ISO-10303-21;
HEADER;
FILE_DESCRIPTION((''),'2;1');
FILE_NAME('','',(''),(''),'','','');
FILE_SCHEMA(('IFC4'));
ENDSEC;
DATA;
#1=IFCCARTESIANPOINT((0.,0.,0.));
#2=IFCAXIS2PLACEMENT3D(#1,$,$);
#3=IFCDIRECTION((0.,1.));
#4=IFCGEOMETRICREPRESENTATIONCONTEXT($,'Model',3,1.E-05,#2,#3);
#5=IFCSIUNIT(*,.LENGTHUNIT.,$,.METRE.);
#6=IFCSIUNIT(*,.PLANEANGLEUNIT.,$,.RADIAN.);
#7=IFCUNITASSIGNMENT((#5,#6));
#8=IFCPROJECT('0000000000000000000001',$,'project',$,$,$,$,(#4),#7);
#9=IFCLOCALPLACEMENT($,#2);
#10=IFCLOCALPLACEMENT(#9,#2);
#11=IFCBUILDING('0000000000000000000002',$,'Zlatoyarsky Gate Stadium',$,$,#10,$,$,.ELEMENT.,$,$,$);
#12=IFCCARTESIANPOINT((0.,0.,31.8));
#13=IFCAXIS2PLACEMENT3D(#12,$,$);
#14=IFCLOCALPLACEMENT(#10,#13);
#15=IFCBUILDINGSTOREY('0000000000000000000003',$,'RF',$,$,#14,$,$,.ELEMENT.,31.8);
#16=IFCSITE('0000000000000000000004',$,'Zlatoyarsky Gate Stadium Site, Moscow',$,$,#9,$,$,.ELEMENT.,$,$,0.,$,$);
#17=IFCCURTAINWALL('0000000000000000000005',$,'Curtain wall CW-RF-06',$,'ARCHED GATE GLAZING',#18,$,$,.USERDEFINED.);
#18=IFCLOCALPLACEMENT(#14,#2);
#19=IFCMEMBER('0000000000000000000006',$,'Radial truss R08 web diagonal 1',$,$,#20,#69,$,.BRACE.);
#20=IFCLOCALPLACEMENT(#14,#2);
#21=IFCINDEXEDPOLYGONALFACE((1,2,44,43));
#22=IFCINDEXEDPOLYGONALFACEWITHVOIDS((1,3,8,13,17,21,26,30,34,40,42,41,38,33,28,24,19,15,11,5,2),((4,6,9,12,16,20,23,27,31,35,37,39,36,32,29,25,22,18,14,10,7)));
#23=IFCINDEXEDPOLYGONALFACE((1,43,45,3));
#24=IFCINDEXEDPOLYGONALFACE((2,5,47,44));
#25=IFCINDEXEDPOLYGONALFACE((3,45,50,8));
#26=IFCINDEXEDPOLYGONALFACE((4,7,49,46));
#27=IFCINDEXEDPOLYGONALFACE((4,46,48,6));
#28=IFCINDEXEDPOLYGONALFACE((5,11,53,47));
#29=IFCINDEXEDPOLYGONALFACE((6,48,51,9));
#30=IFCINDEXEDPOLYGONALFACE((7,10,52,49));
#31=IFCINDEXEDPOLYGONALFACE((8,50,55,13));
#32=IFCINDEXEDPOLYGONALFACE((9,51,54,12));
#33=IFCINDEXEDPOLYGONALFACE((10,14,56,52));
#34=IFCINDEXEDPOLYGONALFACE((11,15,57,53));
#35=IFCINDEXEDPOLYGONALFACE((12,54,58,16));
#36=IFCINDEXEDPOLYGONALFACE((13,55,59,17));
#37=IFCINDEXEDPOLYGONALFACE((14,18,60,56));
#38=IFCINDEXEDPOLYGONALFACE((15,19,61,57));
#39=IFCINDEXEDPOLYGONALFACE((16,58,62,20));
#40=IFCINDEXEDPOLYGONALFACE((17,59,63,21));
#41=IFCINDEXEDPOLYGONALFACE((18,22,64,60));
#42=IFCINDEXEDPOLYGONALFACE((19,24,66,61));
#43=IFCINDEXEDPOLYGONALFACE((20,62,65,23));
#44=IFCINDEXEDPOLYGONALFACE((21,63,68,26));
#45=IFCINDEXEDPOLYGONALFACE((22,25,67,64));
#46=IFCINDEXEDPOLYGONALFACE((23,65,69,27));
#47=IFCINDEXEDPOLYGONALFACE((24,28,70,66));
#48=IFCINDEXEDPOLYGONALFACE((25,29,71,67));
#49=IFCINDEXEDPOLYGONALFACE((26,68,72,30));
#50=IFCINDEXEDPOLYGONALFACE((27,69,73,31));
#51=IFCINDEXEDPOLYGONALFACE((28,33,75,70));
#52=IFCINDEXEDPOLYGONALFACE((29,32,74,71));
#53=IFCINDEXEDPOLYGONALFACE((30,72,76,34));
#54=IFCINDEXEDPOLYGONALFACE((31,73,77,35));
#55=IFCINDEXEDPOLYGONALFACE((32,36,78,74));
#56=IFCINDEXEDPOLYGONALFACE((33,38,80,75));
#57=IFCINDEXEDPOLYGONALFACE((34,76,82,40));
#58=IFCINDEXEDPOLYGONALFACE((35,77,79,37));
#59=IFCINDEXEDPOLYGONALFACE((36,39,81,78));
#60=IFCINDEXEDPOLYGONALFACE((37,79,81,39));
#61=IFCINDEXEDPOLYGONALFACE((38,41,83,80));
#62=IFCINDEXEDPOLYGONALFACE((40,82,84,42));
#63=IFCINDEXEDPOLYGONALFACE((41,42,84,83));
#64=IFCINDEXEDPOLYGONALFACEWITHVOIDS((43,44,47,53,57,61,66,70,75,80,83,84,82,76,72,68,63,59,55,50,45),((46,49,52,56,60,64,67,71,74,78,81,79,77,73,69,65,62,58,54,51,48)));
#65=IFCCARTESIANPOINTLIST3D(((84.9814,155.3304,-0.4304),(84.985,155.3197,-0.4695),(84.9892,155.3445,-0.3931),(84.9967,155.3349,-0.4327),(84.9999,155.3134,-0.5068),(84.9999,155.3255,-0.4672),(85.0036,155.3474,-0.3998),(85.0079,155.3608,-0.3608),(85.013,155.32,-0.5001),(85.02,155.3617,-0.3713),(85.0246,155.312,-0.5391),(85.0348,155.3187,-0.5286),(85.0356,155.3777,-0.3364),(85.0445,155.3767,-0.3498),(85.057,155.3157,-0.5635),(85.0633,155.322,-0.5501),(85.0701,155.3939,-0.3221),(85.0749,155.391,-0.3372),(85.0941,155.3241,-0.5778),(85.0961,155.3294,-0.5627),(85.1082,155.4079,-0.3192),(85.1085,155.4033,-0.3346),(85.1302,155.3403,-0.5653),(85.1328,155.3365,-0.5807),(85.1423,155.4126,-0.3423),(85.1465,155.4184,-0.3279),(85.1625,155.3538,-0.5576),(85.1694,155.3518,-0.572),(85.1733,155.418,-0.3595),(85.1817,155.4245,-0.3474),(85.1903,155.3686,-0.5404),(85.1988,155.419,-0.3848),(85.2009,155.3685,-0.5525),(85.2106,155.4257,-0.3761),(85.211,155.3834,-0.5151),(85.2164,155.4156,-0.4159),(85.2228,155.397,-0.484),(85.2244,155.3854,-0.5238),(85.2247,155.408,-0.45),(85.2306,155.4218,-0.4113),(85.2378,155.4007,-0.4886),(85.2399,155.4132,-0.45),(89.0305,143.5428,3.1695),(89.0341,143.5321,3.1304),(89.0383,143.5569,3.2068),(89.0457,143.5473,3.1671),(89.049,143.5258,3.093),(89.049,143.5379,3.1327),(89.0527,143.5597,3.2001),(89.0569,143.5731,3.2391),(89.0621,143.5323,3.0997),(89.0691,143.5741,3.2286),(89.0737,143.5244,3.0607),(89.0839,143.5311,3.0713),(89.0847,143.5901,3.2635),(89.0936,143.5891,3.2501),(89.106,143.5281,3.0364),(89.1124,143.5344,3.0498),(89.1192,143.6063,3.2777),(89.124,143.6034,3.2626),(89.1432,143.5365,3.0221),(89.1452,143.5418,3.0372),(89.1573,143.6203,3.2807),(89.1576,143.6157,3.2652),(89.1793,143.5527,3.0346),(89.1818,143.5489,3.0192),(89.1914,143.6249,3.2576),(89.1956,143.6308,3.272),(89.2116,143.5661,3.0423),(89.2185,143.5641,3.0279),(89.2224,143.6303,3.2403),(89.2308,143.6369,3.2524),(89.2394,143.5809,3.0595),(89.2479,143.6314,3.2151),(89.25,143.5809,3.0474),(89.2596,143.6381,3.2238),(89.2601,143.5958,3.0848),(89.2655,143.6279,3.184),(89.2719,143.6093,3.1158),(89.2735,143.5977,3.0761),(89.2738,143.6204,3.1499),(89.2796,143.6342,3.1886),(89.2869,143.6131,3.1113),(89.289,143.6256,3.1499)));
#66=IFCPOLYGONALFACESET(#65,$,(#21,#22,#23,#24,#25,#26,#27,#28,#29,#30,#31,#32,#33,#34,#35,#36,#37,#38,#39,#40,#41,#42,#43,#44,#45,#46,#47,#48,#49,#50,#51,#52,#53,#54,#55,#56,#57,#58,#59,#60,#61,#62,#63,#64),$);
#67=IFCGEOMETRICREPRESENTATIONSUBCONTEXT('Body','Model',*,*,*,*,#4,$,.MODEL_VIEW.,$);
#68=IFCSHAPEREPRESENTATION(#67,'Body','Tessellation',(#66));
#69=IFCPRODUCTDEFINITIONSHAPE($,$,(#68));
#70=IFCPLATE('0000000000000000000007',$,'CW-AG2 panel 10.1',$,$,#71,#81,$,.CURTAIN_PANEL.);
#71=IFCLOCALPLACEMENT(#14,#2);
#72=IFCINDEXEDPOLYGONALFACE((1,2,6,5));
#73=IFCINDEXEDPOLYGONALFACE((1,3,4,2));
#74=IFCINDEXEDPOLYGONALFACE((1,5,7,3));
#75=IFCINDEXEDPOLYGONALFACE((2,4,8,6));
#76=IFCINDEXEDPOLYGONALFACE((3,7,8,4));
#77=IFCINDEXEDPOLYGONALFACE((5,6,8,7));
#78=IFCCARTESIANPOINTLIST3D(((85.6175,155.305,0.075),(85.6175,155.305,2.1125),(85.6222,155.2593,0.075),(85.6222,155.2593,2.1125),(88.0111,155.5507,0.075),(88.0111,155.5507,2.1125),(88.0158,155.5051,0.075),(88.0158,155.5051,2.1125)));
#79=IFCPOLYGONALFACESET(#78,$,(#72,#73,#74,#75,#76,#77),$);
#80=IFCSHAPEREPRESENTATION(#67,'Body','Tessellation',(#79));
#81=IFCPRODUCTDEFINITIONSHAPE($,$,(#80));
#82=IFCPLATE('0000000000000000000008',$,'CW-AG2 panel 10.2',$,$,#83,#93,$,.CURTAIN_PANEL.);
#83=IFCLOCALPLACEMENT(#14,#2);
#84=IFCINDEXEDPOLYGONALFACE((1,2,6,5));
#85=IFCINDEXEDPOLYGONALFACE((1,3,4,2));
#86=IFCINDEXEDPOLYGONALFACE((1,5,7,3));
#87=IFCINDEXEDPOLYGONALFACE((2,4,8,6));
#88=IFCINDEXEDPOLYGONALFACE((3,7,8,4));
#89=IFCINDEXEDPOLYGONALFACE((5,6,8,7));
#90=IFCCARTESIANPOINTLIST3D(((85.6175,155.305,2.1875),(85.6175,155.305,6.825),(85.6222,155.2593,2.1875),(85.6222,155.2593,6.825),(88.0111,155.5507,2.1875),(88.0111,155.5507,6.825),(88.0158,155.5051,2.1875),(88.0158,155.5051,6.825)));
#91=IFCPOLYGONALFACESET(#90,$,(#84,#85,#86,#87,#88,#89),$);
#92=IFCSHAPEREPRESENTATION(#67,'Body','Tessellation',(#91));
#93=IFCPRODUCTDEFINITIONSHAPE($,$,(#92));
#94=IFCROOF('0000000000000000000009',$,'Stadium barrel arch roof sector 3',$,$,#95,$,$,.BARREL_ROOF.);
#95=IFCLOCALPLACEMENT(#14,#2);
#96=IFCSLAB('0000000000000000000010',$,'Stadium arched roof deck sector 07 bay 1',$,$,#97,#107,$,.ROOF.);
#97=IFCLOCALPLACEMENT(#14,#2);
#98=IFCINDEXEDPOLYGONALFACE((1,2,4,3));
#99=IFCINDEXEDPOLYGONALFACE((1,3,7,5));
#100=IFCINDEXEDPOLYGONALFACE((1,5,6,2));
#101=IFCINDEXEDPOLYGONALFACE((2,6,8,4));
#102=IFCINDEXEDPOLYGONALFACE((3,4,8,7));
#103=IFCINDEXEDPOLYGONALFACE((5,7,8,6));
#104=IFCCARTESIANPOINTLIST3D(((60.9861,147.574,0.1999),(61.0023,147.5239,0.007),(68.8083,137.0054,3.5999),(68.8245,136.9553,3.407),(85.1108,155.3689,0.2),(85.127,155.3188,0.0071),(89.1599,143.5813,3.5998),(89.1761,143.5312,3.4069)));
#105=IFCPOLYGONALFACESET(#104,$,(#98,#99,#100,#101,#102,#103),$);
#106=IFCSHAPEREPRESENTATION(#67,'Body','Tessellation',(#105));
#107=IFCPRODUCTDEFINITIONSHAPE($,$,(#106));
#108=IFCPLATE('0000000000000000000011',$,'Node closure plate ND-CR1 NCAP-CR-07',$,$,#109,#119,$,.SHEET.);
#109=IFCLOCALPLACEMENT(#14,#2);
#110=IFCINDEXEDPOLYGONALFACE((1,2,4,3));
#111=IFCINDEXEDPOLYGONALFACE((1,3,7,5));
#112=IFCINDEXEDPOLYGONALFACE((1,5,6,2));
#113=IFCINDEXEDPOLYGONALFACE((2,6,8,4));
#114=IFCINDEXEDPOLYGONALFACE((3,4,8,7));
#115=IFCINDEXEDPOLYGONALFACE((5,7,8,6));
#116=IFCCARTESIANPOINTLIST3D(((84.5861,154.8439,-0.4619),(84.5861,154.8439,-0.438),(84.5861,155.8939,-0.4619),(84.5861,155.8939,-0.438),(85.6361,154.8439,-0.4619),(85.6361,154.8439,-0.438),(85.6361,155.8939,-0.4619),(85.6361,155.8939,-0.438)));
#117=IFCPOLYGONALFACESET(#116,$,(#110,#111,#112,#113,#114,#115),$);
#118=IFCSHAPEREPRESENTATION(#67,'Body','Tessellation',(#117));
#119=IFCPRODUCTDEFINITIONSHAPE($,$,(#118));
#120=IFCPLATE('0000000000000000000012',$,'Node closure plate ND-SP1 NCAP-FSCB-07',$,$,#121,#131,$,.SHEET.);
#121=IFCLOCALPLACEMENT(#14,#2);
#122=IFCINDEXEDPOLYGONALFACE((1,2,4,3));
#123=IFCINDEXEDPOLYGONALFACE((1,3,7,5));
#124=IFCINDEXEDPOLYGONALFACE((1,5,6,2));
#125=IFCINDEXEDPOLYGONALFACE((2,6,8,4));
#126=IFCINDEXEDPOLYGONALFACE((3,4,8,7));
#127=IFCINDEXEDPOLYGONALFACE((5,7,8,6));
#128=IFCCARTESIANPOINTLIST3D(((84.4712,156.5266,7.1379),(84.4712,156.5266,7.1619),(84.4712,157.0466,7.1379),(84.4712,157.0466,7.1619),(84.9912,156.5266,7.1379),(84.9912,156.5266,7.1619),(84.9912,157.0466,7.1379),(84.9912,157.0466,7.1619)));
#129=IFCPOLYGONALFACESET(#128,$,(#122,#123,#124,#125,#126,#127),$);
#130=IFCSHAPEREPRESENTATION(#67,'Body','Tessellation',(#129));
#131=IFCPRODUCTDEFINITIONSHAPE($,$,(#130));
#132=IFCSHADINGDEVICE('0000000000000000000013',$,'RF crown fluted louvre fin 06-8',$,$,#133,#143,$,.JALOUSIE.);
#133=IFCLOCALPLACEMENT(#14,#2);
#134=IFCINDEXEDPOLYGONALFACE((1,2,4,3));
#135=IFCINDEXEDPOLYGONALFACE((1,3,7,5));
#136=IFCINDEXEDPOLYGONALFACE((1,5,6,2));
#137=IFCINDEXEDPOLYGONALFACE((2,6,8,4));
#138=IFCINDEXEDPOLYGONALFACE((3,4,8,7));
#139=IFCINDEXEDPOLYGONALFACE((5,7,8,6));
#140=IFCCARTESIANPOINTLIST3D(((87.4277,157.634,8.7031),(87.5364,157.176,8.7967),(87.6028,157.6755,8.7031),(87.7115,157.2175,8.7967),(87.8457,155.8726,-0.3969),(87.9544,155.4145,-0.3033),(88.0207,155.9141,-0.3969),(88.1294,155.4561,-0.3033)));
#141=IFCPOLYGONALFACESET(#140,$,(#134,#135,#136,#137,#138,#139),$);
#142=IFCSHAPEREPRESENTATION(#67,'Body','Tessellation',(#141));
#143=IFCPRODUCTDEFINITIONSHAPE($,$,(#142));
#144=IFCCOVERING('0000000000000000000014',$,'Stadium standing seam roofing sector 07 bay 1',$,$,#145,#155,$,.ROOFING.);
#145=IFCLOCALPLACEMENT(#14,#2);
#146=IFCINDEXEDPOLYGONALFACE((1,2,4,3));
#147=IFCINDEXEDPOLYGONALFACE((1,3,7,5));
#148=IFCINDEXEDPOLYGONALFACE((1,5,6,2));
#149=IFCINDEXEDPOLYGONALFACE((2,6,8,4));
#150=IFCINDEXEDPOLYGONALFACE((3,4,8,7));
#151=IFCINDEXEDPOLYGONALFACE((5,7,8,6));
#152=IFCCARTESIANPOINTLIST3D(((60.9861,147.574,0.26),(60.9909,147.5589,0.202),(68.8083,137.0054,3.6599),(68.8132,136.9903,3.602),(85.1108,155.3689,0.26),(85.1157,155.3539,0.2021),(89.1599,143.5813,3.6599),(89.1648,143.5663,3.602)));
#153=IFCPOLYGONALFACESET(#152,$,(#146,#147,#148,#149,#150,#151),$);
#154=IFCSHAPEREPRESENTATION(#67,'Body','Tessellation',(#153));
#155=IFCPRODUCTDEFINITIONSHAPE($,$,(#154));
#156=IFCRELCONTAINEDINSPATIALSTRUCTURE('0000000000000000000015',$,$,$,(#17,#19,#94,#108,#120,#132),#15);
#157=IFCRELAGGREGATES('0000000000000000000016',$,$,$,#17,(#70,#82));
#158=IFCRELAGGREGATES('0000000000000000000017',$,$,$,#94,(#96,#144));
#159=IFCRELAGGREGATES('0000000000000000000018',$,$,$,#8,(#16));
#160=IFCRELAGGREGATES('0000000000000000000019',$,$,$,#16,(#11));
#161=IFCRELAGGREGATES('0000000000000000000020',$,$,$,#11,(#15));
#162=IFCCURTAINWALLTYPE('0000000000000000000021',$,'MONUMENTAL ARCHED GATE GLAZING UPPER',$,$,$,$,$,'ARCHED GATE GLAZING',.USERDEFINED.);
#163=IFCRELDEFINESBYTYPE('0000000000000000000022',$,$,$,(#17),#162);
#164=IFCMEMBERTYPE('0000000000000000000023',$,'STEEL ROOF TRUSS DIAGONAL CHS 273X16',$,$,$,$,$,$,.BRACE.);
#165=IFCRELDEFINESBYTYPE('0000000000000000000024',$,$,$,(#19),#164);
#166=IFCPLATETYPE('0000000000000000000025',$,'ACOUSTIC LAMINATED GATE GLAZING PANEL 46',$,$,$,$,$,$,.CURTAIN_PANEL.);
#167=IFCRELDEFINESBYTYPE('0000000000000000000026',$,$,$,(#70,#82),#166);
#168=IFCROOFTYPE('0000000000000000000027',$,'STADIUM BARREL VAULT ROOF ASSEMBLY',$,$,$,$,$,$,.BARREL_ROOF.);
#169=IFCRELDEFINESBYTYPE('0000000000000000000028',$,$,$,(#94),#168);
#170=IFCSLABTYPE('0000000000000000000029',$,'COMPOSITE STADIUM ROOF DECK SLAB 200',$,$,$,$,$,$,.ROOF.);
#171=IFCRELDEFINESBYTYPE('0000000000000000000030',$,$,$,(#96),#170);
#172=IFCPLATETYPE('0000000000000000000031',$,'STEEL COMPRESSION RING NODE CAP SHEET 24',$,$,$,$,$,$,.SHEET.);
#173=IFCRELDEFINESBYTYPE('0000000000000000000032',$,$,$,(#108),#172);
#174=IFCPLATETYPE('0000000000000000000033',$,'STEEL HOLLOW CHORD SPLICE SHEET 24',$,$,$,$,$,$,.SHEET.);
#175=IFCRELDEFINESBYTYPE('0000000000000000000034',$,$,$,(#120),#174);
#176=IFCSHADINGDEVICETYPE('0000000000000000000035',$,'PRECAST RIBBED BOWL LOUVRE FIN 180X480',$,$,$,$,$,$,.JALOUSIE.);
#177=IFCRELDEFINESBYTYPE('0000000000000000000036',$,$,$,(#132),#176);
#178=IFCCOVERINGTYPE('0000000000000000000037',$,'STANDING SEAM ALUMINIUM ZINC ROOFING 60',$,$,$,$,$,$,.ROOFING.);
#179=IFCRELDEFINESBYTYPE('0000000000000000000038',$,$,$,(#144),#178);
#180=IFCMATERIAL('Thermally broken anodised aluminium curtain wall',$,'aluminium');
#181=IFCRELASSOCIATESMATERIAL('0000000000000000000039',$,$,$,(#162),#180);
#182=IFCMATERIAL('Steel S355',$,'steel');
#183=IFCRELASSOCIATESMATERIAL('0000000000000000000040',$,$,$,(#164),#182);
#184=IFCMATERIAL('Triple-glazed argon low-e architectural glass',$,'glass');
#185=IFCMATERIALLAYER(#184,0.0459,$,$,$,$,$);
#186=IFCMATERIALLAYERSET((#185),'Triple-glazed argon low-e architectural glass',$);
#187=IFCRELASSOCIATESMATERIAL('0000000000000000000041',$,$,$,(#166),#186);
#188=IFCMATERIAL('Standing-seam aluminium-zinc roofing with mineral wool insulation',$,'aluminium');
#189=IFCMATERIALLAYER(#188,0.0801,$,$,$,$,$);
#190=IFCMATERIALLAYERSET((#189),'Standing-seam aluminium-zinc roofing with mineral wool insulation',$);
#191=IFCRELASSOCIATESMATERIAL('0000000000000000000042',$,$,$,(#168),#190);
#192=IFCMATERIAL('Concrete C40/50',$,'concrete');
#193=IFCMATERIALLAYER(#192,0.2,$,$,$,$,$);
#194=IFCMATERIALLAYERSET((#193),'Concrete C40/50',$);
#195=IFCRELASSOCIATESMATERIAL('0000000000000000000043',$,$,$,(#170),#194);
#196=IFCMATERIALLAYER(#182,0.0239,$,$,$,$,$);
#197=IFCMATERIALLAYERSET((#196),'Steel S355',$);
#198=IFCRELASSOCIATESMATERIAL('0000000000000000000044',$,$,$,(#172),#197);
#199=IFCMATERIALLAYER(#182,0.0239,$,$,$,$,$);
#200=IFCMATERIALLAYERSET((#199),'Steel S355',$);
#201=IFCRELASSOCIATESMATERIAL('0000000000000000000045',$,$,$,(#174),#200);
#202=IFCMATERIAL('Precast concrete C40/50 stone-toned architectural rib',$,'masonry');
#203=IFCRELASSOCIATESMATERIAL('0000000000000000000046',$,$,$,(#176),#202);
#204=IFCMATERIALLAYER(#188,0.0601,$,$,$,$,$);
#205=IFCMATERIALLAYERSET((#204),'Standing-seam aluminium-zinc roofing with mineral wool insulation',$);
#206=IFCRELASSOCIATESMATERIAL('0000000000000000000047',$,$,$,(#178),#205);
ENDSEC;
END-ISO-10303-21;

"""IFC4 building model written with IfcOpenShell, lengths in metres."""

from ifc_helpers import new_model, si_unit, direction, frame, origin, origin_2d, place, context, subcontext, project, spatial, polyline, rectangle, hollow_circle, outline, extrude, material, layer, layer_set, material_profile, profile_set, type_object, element, aggregate, save


model = new_model("IFC4")

# Units and contexts
model_context = context("Model", 3, precision=1e-05, world=origin(), true_north=direction((0.0, 1.0)))
body_context = subcontext(model_context, "Body", "Model", "MODEL_VIEW")
ifc_project = project(units=[si_unit("LENGTHUNIT", "METRE"), si_unit("PLANEANGLEUNIT", "RADIAN")], contexts=[model_context])

# Site, building, storey
site_placement = place(None, origin())
site = spatial("IfcSite", under=ifc_project, at=site_placement, Name="Zlatoyarsky Gate Stadium Site, Moscow", CompositionType="ELEMENT", RefElevation=0.0)
building_placement = place(site_placement, origin())
building = spatial("IfcBuilding", under=site, at=building_placement, Name="Zlatoyarsky Gate Stadium", CompositionType="ELEMENT")
storey_placement = place(building_placement, frame((0.0, 0.0, 31.8)))
storey = spatial("IfcBuildingStorey", under=building, at=storey_placement, Name="RF", CompositionType="ELEMENT", Elevation=31.8)

# Curtain wall
ifc_material_1 = material(Name="Thermally broken anodised aluminium curtain wall", Category="aluminium")
curtain_wall_type_1 = type_object("IfcCurtainWallType", Name="MONUMENTAL ARCHED GATE GLAZING UPPER", ElementType="ARCHED GATE GLAZING", PredefinedType="USERDEFINED", material=ifc_material_1)
curtain_wall_1_placement = place(storey_placement, origin())
curtain_wall_1 = element("IfcCurtainWall", 1, at=curtain_wall_1_placement, inside=storey, type_object=curtain_wall_type_1, Name="Curtain wall CW-RF-06", ObjectType="ARCHED GATE GLAZING", PredefinedType="USERDEFINED")

# Shared definitions
ifc_material_2 = material(Name="Steel S355", Category="steel")

# Member
ifc_material_profile_1 = material_profile(ifc_material_2, hollow_circle(Radius=0.1365, WallThickness=0.0161, at=origin_2d()), Name="CHS 273X16")
ifc_profile_set_1 = profile_set([ifc_material_profile_1], Name="Steel S355")
member_type_1 = type_object("IfcMemberType", Name="STEEL ROOF TRUSS DIAGONAL CHS 273X16", PredefinedType="BRACE", material=ifc_profile_set_1)
member_1_placement = place(storey_placement, frame((85.1108, 155.3689, -0.45), z_axis=(0.312113, -0.908618, 0.277486), x_axis=(0.945758, 0.324871, 0.0)))
element("IfcMember", 2, at=member_1_placement, inside=storey, type_object=member_type_1, Name="Radial truss R08 web diagonal 1", PredefinedType="BRACE", context=body_context, shape_type="SweptSolid", body=[
    extrude(hollow_circle(Radius=0.1365, WallThickness=0.0161, at=origin_2d()), origin(), (0.0, 0.0, 1.0), 12.9731),
])

# Plates
ifc_material_3 = material(Name="Triple-glazed argon low-e architectural glass", Category="glass")
ifc_layer_1 = layer(ifc_material_3, 0.0459)
ifc_layer_set_1 = layer_set([ifc_layer_1], Name="Triple-glazed argon low-e architectural glass")
plate_type_1 = type_object("IfcPlateType", Name="ACOUSTIC LAMINATED GATE GLAZING PANEL 46", PredefinedType="CURTAIN_PANEL", material=ifc_layer_set_1)
plate_1_placement = place(storey_placement, frame((86.8167, 155.405, 0.075), z_axis=(0.0, 0.0, 1.0), x_axis=(-0.994772, -0.102125, 0.0)))
plate_1 = element("IfcPlate", 3, at=plate_1_placement, type_object=plate_type_1, Name="CW-AG2 panel 10.1", PredefinedType="CURTAIN_PANEL", context=body_context, shape_type="SweptSolid", body=[
    extrude(rectangle(XDim=2.4062, YDim=0.0459, at=origin_2d()), origin(), (0.0, 0.0, 1.0), 2.0376),
])
plate_2_placement = place(storey_placement, frame((86.8167, 155.405, 2.1875), z_axis=(0.0, 0.0, 1.0), x_axis=(-0.994772, -0.102125, 0.0)))
plate_2 = element("IfcPlate", 4, at=plate_2_placement, type_object=plate_type_1, Name="CW-AG2 panel 10.2", PredefinedType="CURTAIN_PANEL", context=body_context, shape_type="SweptSolid", body=[
    extrude(rectangle(XDim=2.4062, YDim=0.0459, at=origin_2d()), origin(), (0.0, 0.0, 1.0), 4.6375),
])
aggregate(curtain_wall_1, [plate_1, plate_2])

# Roof, slab
ifc_material_4 = material(Name="Standing-seam aluminium-zinc roofing with mineral wool insulation", Category="aluminium")
ifc_layer_2 = layer(ifc_material_4, 0.0801)
ifc_layer_set_2 = layer_set([ifc_layer_2], Name="Standing-seam aluminium-zinc roofing with mineral wool insulation")
roof_type = type_object("IfcRoofType", Name="STADIUM BARREL VAULT ROOF ASSEMBLY", PredefinedType="BARREL_ROOF", material=ifc_layer_set_2)
roof_placement = place(storey_placement, origin())
roof = element("IfcRoof", 5, at=roof_placement, inside=storey, type_object=roof_type, Name="Stadium barrel arch roof sector 3", PredefinedType="BARREL_ROOF")
ifc_material_5 = material(Name="Concrete C40/50", Category="concrete")
ifc_layer_3 = layer(ifc_material_5, 0.2)
ifc_layer_set_3 = layer_set([ifc_layer_3], Name="Concrete C40/50")
slab_type = type_object("IfcSlabType", Name="COMPOSITE STADIUM ROOF DECK SLAB 200", PredefinedType="ROOF", material=ifc_layer_set_3)
slab_placement = place(storey_placement, frame((85.1108, 155.3689, 0.2), z_axis=(-0.080927, 0.25046, 0.964739), x_axis=(-0.951562, -0.307458, -0.000001)))
slab = element("IfcSlab", 6, at=slab_placement, type_object=slab_type, Name="Stadium arched roof deck sector 07 bay 1", PredefinedType="ROOF", context=body_context, shape_type="SweptSolid", body=[
    extrude(outline(polyline([(0.0, 0.0), (25.3528, 0.0), (21.1588, 12.9172), (-0.2288, 12.917), (0.0, 0.0)])), origin(), (0.0, 0.0, -1.0), 0.2),
])

# Plates
ifc_layer_4 = layer(ifc_material_2, 0.0239)
ifc_layer_set_4 = layer_set([ifc_layer_4], Name="Steel S355")
plate_type_2 = type_object("IfcPlateType", Name="STEEL COMPRESSION RING NODE CAP SHEET 24", PredefinedType="SHEET", material=ifc_layer_set_4)
plate_3_placement = place(storey_placement, frame((85.1111, 155.3689, -0.4619), z_axis=(0.0, 0.0, 1.0), x_axis=(1.0, 0.0, 0.0)))
element("IfcPlate", 7, at=plate_3_placement, inside=storey, type_object=plate_type_2, Name="Node closure plate ND-CR1 NCAP-CR-07", PredefinedType="SHEET", context=body_context, shape_type="SweptSolid", body=[
    extrude(rectangle(XDim=1.05, YDim=1.05, at=origin_2d()), origin(), (0.0, 0.0, 1.0), 0.0239),
])
ifc_layer_5 = layer(ifc_material_2, 0.0239)
ifc_layer_set_5 = layer_set([ifc_layer_5], Name="Steel S355")
plate_type_3 = type_object("IfcPlateType", Name="STEEL HOLLOW CHORD SPLICE SHEET 24", PredefinedType="SHEET", material=ifc_layer_set_5)
plate_4_placement = place(storey_placement, frame((84.7312, 156.7866, 7.1379), z_axis=(0.0, 0.0, 1.0), x_axis=(1.0, 0.0, 0.0)))
element("IfcPlate", 8, at=plate_4_placement, inside=storey, type_object=plate_type_3, Name="Node closure plate ND-SP1 NCAP-FSCB-07", PredefinedType="SHEET", context=body_context, shape_type="SweptSolid", body=[
    extrude(rectangle(XDim=0.52, YDim=0.52, at=origin_2d()), origin(), (0.0, 0.0, 1.0), 0.0239),
])

# Shading device
ifc_material_6 = material(Name="Precast concrete C40/50 stone-toned architectural rib", Category="masonry")
ifc_material_profile_2 = material_profile(ifc_material_6, rectangle(XDim=0.1799, YDim=0.48, at=origin_2d()), Name="RIB 180X480")
ifc_profile_set_2 = profile_set([ifc_material_profile_2], Name="Precast concrete C40/50 stone-toned architectural rib")
shading_device_type = type_object("IfcShadingDeviceType", Name="PRECAST RIBBED BOWL LOUVRE FIN 180X480", PredefinedType="JALOUSIE", material=ifc_profile_set_2)
shading_device_placement = place(storey_placement, frame((87.9875, 155.6643, -0.3501), z_axis=(-0.045047, 0.189846, 0.98078), x_axis=(-0.972984, -0.230873, 0.0)))
element("IfcShadingDevice", 9, at=shading_device_placement, inside=storey, type_object=shading_device_type, Name="RF crown fluted louvre fin 06-8", PredefinedType="JALOUSIE", context=body_context, shape_type="SweptSolid", body=[
    extrude(rectangle(XDim=0.1799, YDim=0.48, at=origin_2d()), origin(), (0.0, 0.0, 1.0), 9.2783),
])

# Covering
ifc_layer_6 = layer(ifc_material_4, 0.0601)
ifc_layer_set_6 = layer_set([ifc_layer_6], Name="Standing-seam aluminium-zinc roofing with mineral wool insulation")
covering_type = type_object("IfcCoveringType", Name="STANDING SEAM ALUMINIUM ZINC ROOFING 60", PredefinedType="ROOFING", material=ifc_layer_set_6)
covering_placement = place(storey_placement, frame((85.1108, 155.3689, 0.26), z_axis=(-0.080927, 0.25046, 0.964739), x_axis=(-0.951562, -0.307458, -0.000001)))
covering = element("IfcCovering", 10, at=covering_placement, type_object=covering_type, Name="Stadium standing seam roofing sector 07 bay 1", PredefinedType="ROOFING", context=body_context, shape_type="SweptSolid", body=[
    extrude(outline(polyline([(0.0, 0.0), (25.3528, 0.0), (21.1588, 12.9172), (-0.2288, 12.917), (0.0, 0.0)])), origin(), (0.0, 0.0, -1.0), 0.0601),
])
aggregate(roof, [slab, covering])

save(model, "model.ifc")
